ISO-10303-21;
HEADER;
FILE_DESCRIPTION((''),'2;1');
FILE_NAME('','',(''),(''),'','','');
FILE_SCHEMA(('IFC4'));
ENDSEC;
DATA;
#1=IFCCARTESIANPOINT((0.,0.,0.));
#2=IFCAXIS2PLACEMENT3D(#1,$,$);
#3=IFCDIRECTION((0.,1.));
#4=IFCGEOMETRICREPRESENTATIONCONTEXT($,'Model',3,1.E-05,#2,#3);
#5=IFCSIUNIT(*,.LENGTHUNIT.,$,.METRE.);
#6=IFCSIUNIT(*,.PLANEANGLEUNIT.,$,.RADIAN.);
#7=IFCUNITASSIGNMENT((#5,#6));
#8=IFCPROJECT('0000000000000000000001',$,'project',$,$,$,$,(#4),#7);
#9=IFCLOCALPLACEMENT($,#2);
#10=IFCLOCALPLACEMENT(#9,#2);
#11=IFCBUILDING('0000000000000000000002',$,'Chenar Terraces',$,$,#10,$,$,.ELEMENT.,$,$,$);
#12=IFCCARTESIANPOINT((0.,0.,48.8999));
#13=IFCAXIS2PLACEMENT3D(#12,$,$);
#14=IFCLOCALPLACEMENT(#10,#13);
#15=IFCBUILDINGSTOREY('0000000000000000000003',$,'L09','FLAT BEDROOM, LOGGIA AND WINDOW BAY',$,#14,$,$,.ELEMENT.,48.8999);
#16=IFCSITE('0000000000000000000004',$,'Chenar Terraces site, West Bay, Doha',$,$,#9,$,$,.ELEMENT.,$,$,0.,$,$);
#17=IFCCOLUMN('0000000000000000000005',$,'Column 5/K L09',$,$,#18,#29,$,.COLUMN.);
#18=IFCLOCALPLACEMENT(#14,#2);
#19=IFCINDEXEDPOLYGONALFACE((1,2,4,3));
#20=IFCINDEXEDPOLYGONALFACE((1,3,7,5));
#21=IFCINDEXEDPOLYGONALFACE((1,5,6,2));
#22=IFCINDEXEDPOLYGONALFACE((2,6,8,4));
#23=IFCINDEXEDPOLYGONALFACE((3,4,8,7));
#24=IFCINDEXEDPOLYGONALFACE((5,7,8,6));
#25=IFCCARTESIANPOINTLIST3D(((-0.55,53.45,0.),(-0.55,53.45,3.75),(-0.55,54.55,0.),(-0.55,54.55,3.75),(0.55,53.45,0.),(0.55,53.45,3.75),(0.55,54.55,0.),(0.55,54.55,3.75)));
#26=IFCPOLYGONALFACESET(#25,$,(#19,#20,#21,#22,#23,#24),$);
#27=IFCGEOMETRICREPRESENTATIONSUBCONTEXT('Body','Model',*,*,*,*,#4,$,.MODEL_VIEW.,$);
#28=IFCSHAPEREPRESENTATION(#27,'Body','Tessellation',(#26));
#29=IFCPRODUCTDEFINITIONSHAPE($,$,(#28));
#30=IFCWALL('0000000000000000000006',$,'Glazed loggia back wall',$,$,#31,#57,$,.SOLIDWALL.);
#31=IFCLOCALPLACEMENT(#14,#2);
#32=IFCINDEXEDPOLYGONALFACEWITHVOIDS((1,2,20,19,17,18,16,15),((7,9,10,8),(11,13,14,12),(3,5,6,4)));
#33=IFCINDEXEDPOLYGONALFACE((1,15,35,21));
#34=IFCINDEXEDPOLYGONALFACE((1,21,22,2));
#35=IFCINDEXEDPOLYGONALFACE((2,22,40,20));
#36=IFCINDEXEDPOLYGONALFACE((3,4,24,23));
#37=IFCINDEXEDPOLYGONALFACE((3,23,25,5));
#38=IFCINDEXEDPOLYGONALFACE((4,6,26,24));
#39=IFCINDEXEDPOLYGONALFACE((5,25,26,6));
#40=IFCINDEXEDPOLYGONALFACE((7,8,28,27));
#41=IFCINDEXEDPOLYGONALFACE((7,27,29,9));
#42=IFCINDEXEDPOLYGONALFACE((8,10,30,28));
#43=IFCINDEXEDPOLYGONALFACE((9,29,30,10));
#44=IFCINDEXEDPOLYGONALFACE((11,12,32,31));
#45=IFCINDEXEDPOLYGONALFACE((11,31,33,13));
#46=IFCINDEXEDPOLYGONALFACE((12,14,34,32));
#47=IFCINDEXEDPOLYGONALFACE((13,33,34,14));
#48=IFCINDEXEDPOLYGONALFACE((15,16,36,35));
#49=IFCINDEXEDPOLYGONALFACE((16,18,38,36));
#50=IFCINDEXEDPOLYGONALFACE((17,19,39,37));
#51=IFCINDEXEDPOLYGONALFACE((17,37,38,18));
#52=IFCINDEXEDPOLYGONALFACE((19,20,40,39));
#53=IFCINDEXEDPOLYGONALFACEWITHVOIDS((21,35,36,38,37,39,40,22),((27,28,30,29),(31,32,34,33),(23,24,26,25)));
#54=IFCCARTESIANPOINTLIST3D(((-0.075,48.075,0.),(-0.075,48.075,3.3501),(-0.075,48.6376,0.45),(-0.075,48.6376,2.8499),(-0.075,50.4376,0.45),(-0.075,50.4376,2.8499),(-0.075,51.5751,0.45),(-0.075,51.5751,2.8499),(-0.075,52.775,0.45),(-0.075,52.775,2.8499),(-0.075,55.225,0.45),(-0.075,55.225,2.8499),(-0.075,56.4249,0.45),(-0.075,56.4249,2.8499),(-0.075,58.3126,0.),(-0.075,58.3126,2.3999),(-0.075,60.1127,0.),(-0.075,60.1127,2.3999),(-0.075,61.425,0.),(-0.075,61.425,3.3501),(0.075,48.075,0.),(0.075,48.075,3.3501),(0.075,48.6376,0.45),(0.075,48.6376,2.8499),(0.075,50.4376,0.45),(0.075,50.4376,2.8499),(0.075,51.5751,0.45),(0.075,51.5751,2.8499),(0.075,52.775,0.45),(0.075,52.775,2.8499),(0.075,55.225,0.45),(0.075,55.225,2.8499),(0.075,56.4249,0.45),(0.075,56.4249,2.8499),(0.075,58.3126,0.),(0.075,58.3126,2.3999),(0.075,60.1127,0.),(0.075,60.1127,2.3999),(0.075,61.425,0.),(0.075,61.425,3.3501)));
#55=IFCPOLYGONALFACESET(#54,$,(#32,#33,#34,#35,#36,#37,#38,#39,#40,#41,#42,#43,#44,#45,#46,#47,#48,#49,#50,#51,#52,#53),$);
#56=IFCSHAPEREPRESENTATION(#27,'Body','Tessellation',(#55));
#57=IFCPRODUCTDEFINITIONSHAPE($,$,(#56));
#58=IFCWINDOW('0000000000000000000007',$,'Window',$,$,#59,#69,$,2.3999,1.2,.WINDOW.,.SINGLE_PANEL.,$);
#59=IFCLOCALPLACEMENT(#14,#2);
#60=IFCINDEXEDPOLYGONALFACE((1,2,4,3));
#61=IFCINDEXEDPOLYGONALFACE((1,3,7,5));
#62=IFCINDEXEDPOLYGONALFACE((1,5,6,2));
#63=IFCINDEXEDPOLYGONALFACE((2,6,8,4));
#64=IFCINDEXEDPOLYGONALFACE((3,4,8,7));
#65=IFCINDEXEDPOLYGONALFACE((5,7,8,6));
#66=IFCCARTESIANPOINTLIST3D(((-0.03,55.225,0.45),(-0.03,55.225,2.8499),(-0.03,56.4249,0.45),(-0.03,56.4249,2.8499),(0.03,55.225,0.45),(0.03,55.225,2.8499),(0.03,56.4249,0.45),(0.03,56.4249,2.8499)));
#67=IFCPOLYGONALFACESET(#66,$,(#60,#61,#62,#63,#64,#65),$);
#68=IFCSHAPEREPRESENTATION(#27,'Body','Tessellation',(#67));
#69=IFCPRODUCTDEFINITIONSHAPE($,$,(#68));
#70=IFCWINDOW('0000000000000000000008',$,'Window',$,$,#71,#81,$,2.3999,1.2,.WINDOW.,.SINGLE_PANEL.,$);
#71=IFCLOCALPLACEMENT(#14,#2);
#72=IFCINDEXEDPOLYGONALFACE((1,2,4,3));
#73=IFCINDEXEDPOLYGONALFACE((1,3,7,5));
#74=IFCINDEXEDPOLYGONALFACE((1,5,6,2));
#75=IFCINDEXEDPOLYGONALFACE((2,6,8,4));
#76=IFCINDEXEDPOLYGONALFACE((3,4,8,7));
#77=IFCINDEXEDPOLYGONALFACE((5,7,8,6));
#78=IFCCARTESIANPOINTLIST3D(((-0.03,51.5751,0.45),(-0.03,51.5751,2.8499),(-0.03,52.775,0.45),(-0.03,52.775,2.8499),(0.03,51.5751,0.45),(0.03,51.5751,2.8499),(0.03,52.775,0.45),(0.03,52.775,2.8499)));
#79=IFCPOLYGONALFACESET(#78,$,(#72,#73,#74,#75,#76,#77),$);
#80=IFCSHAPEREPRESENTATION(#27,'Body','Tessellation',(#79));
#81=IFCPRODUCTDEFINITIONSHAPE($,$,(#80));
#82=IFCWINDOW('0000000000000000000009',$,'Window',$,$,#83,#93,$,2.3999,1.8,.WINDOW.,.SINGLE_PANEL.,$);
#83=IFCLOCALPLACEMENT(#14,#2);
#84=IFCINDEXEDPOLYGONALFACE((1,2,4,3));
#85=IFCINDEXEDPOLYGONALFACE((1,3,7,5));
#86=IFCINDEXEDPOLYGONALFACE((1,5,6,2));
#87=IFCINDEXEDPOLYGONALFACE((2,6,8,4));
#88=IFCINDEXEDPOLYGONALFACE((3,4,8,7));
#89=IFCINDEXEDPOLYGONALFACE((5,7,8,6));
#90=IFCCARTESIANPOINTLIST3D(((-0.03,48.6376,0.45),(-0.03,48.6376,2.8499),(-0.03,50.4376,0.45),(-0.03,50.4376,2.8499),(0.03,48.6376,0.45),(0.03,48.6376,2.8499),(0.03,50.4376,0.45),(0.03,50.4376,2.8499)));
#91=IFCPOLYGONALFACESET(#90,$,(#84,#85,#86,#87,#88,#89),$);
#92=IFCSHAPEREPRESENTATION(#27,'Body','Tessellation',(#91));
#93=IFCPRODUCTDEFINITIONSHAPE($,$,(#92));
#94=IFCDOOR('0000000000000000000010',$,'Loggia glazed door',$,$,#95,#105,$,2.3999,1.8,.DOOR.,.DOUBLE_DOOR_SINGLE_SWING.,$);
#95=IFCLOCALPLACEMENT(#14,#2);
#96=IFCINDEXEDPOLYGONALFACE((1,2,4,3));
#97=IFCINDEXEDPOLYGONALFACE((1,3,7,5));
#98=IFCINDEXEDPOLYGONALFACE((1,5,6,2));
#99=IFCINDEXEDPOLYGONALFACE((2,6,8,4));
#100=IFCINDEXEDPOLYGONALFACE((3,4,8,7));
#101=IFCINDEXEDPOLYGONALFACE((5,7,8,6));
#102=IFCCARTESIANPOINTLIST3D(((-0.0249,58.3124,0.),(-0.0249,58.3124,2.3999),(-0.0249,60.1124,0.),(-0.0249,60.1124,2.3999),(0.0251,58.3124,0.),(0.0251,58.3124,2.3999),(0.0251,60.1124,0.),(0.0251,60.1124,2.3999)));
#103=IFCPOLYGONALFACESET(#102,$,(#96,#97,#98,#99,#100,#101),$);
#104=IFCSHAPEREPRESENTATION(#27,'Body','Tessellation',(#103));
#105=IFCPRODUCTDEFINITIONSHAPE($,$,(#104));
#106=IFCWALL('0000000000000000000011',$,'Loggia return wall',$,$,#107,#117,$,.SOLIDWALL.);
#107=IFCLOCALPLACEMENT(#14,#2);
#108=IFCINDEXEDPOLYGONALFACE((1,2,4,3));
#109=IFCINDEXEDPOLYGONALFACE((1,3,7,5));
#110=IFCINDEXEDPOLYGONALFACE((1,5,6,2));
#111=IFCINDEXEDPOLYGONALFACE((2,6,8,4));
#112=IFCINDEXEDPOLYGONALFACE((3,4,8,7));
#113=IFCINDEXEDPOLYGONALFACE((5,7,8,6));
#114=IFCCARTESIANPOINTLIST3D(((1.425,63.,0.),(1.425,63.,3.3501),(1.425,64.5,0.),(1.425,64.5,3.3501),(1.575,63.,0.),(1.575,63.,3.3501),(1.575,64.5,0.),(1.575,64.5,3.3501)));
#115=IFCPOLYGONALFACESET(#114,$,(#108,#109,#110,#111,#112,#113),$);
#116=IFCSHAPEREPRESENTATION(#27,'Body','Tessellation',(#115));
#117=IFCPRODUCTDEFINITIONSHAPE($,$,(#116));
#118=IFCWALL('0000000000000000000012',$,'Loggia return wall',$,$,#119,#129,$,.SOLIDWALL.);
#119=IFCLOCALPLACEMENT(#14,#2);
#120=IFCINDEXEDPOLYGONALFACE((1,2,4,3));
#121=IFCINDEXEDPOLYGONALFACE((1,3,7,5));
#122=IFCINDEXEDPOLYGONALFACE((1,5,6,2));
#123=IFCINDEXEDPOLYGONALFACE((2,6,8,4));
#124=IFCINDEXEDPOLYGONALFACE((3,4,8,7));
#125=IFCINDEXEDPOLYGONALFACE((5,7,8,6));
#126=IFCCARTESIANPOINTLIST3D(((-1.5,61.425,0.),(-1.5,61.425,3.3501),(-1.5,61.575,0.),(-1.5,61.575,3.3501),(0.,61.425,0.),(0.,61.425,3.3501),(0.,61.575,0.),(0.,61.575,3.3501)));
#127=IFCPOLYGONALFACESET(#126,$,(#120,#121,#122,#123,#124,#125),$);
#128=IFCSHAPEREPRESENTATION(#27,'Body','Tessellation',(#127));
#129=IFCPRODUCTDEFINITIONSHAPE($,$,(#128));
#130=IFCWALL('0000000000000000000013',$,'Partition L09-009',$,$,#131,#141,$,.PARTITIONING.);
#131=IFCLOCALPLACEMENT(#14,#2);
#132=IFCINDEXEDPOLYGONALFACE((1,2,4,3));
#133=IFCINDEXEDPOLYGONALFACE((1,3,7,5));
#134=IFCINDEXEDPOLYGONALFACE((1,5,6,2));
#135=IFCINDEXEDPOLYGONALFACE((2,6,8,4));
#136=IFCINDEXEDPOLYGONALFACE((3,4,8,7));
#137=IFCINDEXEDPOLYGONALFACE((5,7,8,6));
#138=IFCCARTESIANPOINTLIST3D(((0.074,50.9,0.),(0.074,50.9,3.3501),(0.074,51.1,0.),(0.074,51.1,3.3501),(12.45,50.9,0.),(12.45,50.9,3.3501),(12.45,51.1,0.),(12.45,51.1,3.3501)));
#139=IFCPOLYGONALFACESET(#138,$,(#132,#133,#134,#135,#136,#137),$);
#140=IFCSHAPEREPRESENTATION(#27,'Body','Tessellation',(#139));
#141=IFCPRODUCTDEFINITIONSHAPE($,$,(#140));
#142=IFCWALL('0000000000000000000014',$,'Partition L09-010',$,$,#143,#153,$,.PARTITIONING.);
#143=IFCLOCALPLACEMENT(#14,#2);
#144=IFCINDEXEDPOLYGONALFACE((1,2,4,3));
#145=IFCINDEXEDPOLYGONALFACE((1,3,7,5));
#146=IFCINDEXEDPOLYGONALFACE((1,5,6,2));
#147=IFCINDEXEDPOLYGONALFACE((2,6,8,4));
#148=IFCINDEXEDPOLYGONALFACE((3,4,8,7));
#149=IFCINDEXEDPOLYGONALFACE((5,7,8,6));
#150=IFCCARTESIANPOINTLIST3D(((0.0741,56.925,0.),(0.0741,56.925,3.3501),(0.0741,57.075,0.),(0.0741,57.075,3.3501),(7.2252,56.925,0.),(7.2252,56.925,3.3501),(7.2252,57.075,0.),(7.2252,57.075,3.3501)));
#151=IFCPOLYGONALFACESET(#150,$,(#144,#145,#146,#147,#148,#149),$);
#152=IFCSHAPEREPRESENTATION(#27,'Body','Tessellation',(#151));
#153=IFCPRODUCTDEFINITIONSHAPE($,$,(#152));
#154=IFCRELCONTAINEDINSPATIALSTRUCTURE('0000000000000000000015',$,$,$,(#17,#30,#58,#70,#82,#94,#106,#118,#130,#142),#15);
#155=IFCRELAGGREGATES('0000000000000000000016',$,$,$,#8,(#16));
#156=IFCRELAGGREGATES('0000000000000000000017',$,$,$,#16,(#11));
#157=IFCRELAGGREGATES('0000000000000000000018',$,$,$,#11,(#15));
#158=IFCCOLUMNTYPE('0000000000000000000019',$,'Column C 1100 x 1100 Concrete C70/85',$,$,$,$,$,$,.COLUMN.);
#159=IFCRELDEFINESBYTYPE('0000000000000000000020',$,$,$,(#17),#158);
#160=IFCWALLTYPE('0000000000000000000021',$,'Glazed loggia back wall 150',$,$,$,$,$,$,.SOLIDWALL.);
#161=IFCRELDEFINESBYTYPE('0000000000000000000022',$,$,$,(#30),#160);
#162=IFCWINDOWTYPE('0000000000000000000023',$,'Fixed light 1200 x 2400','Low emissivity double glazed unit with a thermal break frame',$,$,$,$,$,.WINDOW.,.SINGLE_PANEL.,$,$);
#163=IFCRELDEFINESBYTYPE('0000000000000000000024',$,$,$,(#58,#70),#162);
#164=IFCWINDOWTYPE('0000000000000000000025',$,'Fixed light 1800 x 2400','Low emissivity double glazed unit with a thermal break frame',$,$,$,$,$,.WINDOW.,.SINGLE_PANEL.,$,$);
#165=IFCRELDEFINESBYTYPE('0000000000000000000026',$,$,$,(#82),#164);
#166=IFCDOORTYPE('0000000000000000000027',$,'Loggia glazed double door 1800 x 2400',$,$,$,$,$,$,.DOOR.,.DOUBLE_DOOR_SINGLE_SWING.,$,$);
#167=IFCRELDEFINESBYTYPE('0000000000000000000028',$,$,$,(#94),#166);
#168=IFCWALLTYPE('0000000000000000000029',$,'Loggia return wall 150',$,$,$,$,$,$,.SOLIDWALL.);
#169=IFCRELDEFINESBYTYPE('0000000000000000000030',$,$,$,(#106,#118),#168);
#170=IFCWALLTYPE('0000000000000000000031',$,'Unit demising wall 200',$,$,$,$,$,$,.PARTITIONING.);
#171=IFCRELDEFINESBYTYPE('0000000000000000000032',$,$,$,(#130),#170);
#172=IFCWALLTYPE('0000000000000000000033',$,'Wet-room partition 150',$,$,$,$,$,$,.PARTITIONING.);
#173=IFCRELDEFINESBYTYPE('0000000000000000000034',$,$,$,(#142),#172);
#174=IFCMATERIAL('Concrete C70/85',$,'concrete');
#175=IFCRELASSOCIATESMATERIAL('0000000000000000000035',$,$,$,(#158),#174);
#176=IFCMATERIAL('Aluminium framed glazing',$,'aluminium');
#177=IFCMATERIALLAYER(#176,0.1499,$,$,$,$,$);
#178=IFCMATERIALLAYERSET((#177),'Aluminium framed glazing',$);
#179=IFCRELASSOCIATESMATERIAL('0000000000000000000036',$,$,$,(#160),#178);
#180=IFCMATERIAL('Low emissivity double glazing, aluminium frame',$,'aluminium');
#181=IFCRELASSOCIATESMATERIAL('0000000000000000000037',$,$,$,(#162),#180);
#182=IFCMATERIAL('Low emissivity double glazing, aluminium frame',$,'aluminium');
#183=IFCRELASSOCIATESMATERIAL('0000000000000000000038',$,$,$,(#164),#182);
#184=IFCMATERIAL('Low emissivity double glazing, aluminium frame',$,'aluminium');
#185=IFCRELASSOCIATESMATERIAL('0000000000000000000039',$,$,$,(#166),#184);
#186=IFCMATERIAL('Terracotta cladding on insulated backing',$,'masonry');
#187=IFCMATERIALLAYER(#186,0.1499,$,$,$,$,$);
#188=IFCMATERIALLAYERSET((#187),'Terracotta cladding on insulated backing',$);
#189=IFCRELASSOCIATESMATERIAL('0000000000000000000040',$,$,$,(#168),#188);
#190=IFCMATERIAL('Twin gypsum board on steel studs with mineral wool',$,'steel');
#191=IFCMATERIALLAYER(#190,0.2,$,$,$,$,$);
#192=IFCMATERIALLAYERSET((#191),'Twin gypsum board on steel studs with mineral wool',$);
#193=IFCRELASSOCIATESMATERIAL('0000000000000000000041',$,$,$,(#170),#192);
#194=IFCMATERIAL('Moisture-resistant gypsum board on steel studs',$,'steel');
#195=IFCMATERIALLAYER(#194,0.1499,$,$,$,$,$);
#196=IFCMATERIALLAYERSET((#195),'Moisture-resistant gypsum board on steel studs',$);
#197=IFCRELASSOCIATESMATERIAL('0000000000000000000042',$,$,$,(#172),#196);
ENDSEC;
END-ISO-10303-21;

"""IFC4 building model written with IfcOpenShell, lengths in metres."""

from ifc_helpers import new_model, si_unit, direction, frame, frame_2d, origin, origin_2d, place, context, subcontext, project, spatial, rectangle, extrude, material, layer, layer_set, material_profile, profile_set, type_object, element, fill, save


model = new_model("IFC4")

# Units and contexts
model_context = context("Model", 3, precision=1e-05, world=origin(), true_north=direction((0.0, 1.0)))
body_context = subcontext(model_context, "Body", "Model", "MODEL_VIEW")
ifc_project = project(units=[si_unit("LENGTHUNIT", "METRE"), si_unit("PLANEANGLEUNIT", "RADIAN")], contexts=[model_context])

# Site, building, storey
site_placement = place(None, origin())
site = spatial("IfcSite", under=ifc_project, at=site_placement, Name="Chenar Terraces site, West Bay, Doha", CompositionType="ELEMENT", RefElevation=0.0)
building_placement = place(site_placement, origin())
building = spatial("IfcBuilding", under=site, at=building_placement, Name="Chenar Terraces", CompositionType="ELEMENT")
storey_placement = place(building_placement, frame((0.0, 0.0, 48.8999)))
storey = spatial("IfcBuildingStorey", under=building, at=storey_placement, Name="L09", Description="FLAT BEDROOM, LOGGIA AND WINDOW BAY", CompositionType="ELEMENT", Elevation=48.8999)

# Column
ifc_material_1 = material(Name="Concrete C70/85", Category="concrete")
ifc_material_profile_1 = material_profile(ifc_material_1, rectangle(XDim=1.1001, YDim=1.1001, at=origin_2d()), Name="C 1100 x 1100")
ifc_profile_set_1 = profile_set([ifc_material_profile_1], Name="Concrete C70/85")
column_type = type_object("IfcColumnType", Name="Column C 1100 x 1100 Concrete C70/85", PredefinedType="COLUMN", material=ifc_profile_set_1)
column_placement = place(storey_placement, frame((0.0, 54.0, 0.0), z_axis=(0.0, 0.0, 1.0), x_axis=(1.0, 0.0, 0.0)))
element("IfcColumn", 1, at=column_placement, inside=storey, type_object=column_type, Name="Column 5/K L09", PredefinedType="COLUMN", context=body_context, shape_type="SweptSolid", body=[
    extrude(rectangle(XDim=1.1001, YDim=1.1001, at=origin_2d()), origin(), (0.0, 0.0, 1.0), 3.75),
])

# Wall, openings, windows, door
ifc_material_2 = material(Name="Aluminium framed glazing", Category="aluminium")
ifc_layer_1 = layer(ifc_material_2, 0.1499)
ifc_layer_set_1 = layer_set([ifc_layer_1], Name="Aluminium framed glazing")
wall_type_1 = type_object("IfcWallType", Name="Glazed loggia back wall 150", PredefinedType="SOLIDWALL", material=ifc_layer_set_1)
wall_1_placement = place(storey_placement, frame((0.0, 61.425, 0.0), z_axis=(0.0, 0.0, 1.0), x_axis=(0.0, -1.0, 0.0)))
wall_1 = element("IfcWall", 2, at=wall_1_placement, inside=storey, type_object=wall_type_1, Name="Glazed loggia back wall", PredefinedType="SOLIDWALL", context=body_context, shape_type="SweptSolid", body=[
    extrude(rectangle(XDim=13.3501, YDim=0.1499, at=frame_2d((6.675, 0.0))), origin(), (0.0, 0.0, 1.0), 3.3501),
])
opening_1_placement = place(wall_1_placement, frame((1.3125, 0.0, 0.0)))
opening_1 = element("IfcOpeningElement", 3, at=opening_1_placement, cuts=wall_1, PredefinedType="OPENING", context=body_context, shape_type="SweptSolid", body=[
    extrude(rectangle(XDim=1.8, YDim=2.3999, at=frame_2d((0.8999, 1.2))), frame((0.0, 0.085, 0.0), z_axis=(0.0, -1.0, 0.0), x_axis=(1.0, 0.0, 0.0)), (0.0, 0.0, 1.0), 0.1699),
])
opening_2_placement = place(wall_1_placement, frame((5.0, 0.0, 0.45)))
opening_2 = element("IfcOpeningElement", 4, at=opening_2_placement, cuts=wall_1, PredefinedType="OPENING", context=body_context, shape_type="SweptSolid", body=[
    extrude(rectangle(XDim=1.2, YDim=2.3999, at=frame_2d((0.6001, 1.2))), frame((0.0, 0.085, 0.0), z_axis=(0.0, -1.0, 0.0), x_axis=(1.0, 0.0, 0.0)), (0.0, 0.0, 1.0), 0.1699),
])
opening_3_placement = place(wall_1_placement, frame((8.6499, 0.0, 0.45)))
opening_3 = element("IfcOpeningElement", 5, at=opening_3_placement, cuts=wall_1, PredefinedType="OPENING", context=body_context, shape_type="SweptSolid", body=[
    extrude(rectangle(XDim=1.2, YDim=2.3999, at=frame_2d((0.6001, 1.2))), frame((0.0, 0.085, 0.0), z_axis=(0.0, -1.0, 0.0), x_axis=(1.0, 0.0, 0.0)), (0.0, 0.0, 1.0), 0.1699),
])
opening_4_placement = place(wall_1_placement, frame((10.9875, 0.0, 0.45)))
opening_4 = element("IfcOpeningElement", 6, at=opening_4_placement, cuts=wall_1, PredefinedType="OPENING", context=body_context, shape_type="SweptSolid", body=[
    extrude(rectangle(XDim=1.8, YDim=2.3999, at=frame_2d((0.8999, 1.2))), frame((0.0, 0.085, 0.0), z_axis=(0.0, -1.0, 0.0), x_axis=(1.0, 0.0, 0.0)), (0.0, 0.0, 1.0), 0.1699),
])
ifc_material_3 = material(Name="Low emissivity double glazing, aluminium frame", Category="aluminium")
window_type_1 = type_object("IfcWindowType", Name="Fixed light 1200 x 2400", Description="Low emissivity double glazed unit with a thermal break frame", PartitioningType="SINGLE_PANEL", PredefinedType="WINDOW", material=ifc_material_3)
window_1_placement = place(opening_2_placement, origin())
window_1 = element("IfcWindow", 7, at=window_1_placement, inside=storey, type_object=window_type_1, Name="Window", OverallHeight=2.3999, OverallWidth=1.2, PartitioningType="SINGLE_PANEL", PredefinedType="WINDOW", context=body_context, shape_type="SweptSolid", body=[
    extrude(rectangle(XDim=1.2, YDim=2.3999, at=frame_2d((0.6001, 1.2))), frame((0.0, 0.03, 0.0), z_axis=(0.0, -1.0, 0.0), x_axis=(1.0, 0.0, 0.0)), (0.0, 0.0, 1.0), 0.0601),
])
fill(opening_2, window_1)
window_2_placement = place(opening_3_placement, origin())
window_2 = element("IfcWindow", 8, at=window_2_placement, inside=storey, type_object=window_type_1, Name="Window", OverallHeight=2.3999, OverallWidth=1.2, PartitioningType="SINGLE_PANEL", PredefinedType="WINDOW", context=body_context, shape_type="SweptSolid", body=[
    extrude(rectangle(XDim=1.2, YDim=2.3999, at=frame_2d((0.6001, 1.2))), frame((0.0, 0.03, 0.0), z_axis=(0.0, -1.0, 0.0), x_axis=(1.0, 0.0, 0.0)), (0.0, 0.0, 1.0), 0.0601),
])
fill(opening_3, window_2)
ifc_material_4 = material(Name="Low emissivity double glazing, aluminium frame", Category="aluminium")
window_type_2 = type_object("IfcWindowType", Name="Fixed light 1800 x 2400", Description="Low emissivity double glazed unit with a thermal break frame", PartitioningType="SINGLE_PANEL", PredefinedType="WINDOW", material=ifc_material_4)
window_3_placement = place(opening_4_placement, origin())
window_3 = element("IfcWindow", 9, at=window_3_placement, inside=storey, type_object=window_type_2, Name="Window", OverallHeight=2.3999, OverallWidth=1.8, PartitioningType="SINGLE_PANEL", PredefinedType="WINDOW", context=body_context, shape_type="SweptSolid", body=[
    extrude(rectangle(XDim=1.8, YDim=2.3999, at=frame_2d((0.8999, 1.2))), frame((0.0, 0.03, 0.0), z_axis=(0.0, -1.0, 0.0), x_axis=(1.0, 0.0, 0.0)), (0.0, 0.0, 1.0), 0.0601),
])
fill(opening_4, window_3)
ifc_material_5 = material(Name="Low emissivity double glazing, aluminium frame", Category="aluminium")
door_type = type_object("IfcDoorType", Name="Loggia glazed double door 1800 x 2400", OperationType="DOUBLE_DOOR_SINGLE_SWING", PredefinedType="DOOR", material=ifc_material_5)
door_placement = place(opening_1_placement, frame((1.8, 0.0, 0.0), z_axis=(0.0, 0.0, 1.0), x_axis=(-1.0, 0.0, 0.0)))
door = element("IfcDoor", 10, at=door_placement, inside=storey, type_object=door_type, Name="Loggia glazed door", OperationType="DOUBLE_DOOR_SINGLE_SWING", OverallHeight=2.3999, OverallWidth=1.8, PredefinedType="DOOR", context=body_context, shape_type="SweptSolid", body=[
    extrude(rectangle(XDim=1.8, YDim=2.3999, at=frame_2d((0.8999, 1.2))), frame((0.0, 0.0249, 0.0), z_axis=(0.0, -1.0, 0.0), x_axis=(1.0, 0.0, 0.0)), (0.0, 0.0, 1.0), 0.05),
])
fill(opening_1, door)

# Walls
ifc_material_6 = material(Name="Terracotta cladding on insulated backing", Category="masonry")
ifc_layer_2 = layer(ifc_material_6, 0.1499)
ifc_layer_set_2 = layer_set([ifc_layer_2], Name="Terracotta cladding on insulated backing")
wall_type_2 = type_object("IfcWallType", Name="Loggia return wall 150", PredefinedType="SOLIDWALL", material=ifc_layer_set_2)
for number, where, z_axis, x_axis, name in (
    (11, (1.5, 64.5, 0.0), (0.0, 0.0, 1.0), (0.0, -1.0, 0.0), "Loggia return wall"),
    (12, (-1.5, 61.5, 0.0), (0.0, 0.0, 1.0), (1.0, 0.0, 0.0), "Loggia return wall"),
):
    element("IfcWall", number, at=place(storey_placement, frame(where, z_axis=z_axis, x_axis=x_axis)), inside=storey, type_object=wall_type_2, Name=name, PredefinedType="SOLIDWALL", context=body_context, shape_type="SweptSolid", body=[
        extrude(rectangle(XDim=1.5, YDim=0.1499, at=frame_2d((0.75, 0.0))), origin(), (0.0, 0.0, 1.0), 3.3501),
    ])
ifc_material_7 = material(Name="Twin gypsum board on steel studs with mineral wool", Category="steel")
ifc_layer_3 = layer(ifc_material_7, 0.2)
ifc_layer_set_3 = layer_set([ifc_layer_3], Name="Twin gypsum board on steel studs with mineral wool")
wall_type_3 = type_object("IfcWallType", Name="Unit demising wall 200", PredefinedType="PARTITIONING", material=ifc_layer_set_3)
wall_2_placement = place(storey_placement, frame((0.074, 51.0, 0.0), z_axis=(0.0, 0.0, 1.0), x_axis=(1.0, 0.0, 0.0)))
element("IfcWall", 13, at=wall_2_placement, inside=storey, type_object=wall_type_3, Name="Partition L09-009", PredefinedType="PARTITIONING", context=body_context, shape_type="SweptSolid", body=[
    extrude(rectangle(XDim=12.376, YDim=0.2, at=frame_2d((6.188, 0.0))), origin(), (0.0, 0.0, 1.0), 3.3501),
])
ifc_material_8 = material(Name="Moisture-resistant gypsum board on steel studs", Category="steel")
ifc_layer_4 = layer(ifc_material_8, 0.1499)
ifc_layer_set_4 = layer_set([ifc_layer_4], Name="Moisture-resistant gypsum board on steel studs")
wall_type_4 = type_object("IfcWallType", Name="Wet-room partition 150", PredefinedType="PARTITIONING", material=ifc_layer_set_4)
wall_3_placement = place(storey_placement, frame((0.074, 57.0, 0.0), z_axis=(0.0, 0.0, 1.0), x_axis=(1.0, 0.0, 0.0)))
element("IfcWall", 14, at=wall_3_placement, inside=storey, type_object=wall_type_4, Name="Partition L09-010", PredefinedType="PARTITIONING", context=body_context, shape_type="SweptSolid", body=[
    extrude(rectangle(XDim=7.1511, YDim=0.1499, at=frame_2d((3.5757, 0.0))), origin(), (0.0, 0.0, 1.0), 3.3501),
])

save(model, "model.ifc")
